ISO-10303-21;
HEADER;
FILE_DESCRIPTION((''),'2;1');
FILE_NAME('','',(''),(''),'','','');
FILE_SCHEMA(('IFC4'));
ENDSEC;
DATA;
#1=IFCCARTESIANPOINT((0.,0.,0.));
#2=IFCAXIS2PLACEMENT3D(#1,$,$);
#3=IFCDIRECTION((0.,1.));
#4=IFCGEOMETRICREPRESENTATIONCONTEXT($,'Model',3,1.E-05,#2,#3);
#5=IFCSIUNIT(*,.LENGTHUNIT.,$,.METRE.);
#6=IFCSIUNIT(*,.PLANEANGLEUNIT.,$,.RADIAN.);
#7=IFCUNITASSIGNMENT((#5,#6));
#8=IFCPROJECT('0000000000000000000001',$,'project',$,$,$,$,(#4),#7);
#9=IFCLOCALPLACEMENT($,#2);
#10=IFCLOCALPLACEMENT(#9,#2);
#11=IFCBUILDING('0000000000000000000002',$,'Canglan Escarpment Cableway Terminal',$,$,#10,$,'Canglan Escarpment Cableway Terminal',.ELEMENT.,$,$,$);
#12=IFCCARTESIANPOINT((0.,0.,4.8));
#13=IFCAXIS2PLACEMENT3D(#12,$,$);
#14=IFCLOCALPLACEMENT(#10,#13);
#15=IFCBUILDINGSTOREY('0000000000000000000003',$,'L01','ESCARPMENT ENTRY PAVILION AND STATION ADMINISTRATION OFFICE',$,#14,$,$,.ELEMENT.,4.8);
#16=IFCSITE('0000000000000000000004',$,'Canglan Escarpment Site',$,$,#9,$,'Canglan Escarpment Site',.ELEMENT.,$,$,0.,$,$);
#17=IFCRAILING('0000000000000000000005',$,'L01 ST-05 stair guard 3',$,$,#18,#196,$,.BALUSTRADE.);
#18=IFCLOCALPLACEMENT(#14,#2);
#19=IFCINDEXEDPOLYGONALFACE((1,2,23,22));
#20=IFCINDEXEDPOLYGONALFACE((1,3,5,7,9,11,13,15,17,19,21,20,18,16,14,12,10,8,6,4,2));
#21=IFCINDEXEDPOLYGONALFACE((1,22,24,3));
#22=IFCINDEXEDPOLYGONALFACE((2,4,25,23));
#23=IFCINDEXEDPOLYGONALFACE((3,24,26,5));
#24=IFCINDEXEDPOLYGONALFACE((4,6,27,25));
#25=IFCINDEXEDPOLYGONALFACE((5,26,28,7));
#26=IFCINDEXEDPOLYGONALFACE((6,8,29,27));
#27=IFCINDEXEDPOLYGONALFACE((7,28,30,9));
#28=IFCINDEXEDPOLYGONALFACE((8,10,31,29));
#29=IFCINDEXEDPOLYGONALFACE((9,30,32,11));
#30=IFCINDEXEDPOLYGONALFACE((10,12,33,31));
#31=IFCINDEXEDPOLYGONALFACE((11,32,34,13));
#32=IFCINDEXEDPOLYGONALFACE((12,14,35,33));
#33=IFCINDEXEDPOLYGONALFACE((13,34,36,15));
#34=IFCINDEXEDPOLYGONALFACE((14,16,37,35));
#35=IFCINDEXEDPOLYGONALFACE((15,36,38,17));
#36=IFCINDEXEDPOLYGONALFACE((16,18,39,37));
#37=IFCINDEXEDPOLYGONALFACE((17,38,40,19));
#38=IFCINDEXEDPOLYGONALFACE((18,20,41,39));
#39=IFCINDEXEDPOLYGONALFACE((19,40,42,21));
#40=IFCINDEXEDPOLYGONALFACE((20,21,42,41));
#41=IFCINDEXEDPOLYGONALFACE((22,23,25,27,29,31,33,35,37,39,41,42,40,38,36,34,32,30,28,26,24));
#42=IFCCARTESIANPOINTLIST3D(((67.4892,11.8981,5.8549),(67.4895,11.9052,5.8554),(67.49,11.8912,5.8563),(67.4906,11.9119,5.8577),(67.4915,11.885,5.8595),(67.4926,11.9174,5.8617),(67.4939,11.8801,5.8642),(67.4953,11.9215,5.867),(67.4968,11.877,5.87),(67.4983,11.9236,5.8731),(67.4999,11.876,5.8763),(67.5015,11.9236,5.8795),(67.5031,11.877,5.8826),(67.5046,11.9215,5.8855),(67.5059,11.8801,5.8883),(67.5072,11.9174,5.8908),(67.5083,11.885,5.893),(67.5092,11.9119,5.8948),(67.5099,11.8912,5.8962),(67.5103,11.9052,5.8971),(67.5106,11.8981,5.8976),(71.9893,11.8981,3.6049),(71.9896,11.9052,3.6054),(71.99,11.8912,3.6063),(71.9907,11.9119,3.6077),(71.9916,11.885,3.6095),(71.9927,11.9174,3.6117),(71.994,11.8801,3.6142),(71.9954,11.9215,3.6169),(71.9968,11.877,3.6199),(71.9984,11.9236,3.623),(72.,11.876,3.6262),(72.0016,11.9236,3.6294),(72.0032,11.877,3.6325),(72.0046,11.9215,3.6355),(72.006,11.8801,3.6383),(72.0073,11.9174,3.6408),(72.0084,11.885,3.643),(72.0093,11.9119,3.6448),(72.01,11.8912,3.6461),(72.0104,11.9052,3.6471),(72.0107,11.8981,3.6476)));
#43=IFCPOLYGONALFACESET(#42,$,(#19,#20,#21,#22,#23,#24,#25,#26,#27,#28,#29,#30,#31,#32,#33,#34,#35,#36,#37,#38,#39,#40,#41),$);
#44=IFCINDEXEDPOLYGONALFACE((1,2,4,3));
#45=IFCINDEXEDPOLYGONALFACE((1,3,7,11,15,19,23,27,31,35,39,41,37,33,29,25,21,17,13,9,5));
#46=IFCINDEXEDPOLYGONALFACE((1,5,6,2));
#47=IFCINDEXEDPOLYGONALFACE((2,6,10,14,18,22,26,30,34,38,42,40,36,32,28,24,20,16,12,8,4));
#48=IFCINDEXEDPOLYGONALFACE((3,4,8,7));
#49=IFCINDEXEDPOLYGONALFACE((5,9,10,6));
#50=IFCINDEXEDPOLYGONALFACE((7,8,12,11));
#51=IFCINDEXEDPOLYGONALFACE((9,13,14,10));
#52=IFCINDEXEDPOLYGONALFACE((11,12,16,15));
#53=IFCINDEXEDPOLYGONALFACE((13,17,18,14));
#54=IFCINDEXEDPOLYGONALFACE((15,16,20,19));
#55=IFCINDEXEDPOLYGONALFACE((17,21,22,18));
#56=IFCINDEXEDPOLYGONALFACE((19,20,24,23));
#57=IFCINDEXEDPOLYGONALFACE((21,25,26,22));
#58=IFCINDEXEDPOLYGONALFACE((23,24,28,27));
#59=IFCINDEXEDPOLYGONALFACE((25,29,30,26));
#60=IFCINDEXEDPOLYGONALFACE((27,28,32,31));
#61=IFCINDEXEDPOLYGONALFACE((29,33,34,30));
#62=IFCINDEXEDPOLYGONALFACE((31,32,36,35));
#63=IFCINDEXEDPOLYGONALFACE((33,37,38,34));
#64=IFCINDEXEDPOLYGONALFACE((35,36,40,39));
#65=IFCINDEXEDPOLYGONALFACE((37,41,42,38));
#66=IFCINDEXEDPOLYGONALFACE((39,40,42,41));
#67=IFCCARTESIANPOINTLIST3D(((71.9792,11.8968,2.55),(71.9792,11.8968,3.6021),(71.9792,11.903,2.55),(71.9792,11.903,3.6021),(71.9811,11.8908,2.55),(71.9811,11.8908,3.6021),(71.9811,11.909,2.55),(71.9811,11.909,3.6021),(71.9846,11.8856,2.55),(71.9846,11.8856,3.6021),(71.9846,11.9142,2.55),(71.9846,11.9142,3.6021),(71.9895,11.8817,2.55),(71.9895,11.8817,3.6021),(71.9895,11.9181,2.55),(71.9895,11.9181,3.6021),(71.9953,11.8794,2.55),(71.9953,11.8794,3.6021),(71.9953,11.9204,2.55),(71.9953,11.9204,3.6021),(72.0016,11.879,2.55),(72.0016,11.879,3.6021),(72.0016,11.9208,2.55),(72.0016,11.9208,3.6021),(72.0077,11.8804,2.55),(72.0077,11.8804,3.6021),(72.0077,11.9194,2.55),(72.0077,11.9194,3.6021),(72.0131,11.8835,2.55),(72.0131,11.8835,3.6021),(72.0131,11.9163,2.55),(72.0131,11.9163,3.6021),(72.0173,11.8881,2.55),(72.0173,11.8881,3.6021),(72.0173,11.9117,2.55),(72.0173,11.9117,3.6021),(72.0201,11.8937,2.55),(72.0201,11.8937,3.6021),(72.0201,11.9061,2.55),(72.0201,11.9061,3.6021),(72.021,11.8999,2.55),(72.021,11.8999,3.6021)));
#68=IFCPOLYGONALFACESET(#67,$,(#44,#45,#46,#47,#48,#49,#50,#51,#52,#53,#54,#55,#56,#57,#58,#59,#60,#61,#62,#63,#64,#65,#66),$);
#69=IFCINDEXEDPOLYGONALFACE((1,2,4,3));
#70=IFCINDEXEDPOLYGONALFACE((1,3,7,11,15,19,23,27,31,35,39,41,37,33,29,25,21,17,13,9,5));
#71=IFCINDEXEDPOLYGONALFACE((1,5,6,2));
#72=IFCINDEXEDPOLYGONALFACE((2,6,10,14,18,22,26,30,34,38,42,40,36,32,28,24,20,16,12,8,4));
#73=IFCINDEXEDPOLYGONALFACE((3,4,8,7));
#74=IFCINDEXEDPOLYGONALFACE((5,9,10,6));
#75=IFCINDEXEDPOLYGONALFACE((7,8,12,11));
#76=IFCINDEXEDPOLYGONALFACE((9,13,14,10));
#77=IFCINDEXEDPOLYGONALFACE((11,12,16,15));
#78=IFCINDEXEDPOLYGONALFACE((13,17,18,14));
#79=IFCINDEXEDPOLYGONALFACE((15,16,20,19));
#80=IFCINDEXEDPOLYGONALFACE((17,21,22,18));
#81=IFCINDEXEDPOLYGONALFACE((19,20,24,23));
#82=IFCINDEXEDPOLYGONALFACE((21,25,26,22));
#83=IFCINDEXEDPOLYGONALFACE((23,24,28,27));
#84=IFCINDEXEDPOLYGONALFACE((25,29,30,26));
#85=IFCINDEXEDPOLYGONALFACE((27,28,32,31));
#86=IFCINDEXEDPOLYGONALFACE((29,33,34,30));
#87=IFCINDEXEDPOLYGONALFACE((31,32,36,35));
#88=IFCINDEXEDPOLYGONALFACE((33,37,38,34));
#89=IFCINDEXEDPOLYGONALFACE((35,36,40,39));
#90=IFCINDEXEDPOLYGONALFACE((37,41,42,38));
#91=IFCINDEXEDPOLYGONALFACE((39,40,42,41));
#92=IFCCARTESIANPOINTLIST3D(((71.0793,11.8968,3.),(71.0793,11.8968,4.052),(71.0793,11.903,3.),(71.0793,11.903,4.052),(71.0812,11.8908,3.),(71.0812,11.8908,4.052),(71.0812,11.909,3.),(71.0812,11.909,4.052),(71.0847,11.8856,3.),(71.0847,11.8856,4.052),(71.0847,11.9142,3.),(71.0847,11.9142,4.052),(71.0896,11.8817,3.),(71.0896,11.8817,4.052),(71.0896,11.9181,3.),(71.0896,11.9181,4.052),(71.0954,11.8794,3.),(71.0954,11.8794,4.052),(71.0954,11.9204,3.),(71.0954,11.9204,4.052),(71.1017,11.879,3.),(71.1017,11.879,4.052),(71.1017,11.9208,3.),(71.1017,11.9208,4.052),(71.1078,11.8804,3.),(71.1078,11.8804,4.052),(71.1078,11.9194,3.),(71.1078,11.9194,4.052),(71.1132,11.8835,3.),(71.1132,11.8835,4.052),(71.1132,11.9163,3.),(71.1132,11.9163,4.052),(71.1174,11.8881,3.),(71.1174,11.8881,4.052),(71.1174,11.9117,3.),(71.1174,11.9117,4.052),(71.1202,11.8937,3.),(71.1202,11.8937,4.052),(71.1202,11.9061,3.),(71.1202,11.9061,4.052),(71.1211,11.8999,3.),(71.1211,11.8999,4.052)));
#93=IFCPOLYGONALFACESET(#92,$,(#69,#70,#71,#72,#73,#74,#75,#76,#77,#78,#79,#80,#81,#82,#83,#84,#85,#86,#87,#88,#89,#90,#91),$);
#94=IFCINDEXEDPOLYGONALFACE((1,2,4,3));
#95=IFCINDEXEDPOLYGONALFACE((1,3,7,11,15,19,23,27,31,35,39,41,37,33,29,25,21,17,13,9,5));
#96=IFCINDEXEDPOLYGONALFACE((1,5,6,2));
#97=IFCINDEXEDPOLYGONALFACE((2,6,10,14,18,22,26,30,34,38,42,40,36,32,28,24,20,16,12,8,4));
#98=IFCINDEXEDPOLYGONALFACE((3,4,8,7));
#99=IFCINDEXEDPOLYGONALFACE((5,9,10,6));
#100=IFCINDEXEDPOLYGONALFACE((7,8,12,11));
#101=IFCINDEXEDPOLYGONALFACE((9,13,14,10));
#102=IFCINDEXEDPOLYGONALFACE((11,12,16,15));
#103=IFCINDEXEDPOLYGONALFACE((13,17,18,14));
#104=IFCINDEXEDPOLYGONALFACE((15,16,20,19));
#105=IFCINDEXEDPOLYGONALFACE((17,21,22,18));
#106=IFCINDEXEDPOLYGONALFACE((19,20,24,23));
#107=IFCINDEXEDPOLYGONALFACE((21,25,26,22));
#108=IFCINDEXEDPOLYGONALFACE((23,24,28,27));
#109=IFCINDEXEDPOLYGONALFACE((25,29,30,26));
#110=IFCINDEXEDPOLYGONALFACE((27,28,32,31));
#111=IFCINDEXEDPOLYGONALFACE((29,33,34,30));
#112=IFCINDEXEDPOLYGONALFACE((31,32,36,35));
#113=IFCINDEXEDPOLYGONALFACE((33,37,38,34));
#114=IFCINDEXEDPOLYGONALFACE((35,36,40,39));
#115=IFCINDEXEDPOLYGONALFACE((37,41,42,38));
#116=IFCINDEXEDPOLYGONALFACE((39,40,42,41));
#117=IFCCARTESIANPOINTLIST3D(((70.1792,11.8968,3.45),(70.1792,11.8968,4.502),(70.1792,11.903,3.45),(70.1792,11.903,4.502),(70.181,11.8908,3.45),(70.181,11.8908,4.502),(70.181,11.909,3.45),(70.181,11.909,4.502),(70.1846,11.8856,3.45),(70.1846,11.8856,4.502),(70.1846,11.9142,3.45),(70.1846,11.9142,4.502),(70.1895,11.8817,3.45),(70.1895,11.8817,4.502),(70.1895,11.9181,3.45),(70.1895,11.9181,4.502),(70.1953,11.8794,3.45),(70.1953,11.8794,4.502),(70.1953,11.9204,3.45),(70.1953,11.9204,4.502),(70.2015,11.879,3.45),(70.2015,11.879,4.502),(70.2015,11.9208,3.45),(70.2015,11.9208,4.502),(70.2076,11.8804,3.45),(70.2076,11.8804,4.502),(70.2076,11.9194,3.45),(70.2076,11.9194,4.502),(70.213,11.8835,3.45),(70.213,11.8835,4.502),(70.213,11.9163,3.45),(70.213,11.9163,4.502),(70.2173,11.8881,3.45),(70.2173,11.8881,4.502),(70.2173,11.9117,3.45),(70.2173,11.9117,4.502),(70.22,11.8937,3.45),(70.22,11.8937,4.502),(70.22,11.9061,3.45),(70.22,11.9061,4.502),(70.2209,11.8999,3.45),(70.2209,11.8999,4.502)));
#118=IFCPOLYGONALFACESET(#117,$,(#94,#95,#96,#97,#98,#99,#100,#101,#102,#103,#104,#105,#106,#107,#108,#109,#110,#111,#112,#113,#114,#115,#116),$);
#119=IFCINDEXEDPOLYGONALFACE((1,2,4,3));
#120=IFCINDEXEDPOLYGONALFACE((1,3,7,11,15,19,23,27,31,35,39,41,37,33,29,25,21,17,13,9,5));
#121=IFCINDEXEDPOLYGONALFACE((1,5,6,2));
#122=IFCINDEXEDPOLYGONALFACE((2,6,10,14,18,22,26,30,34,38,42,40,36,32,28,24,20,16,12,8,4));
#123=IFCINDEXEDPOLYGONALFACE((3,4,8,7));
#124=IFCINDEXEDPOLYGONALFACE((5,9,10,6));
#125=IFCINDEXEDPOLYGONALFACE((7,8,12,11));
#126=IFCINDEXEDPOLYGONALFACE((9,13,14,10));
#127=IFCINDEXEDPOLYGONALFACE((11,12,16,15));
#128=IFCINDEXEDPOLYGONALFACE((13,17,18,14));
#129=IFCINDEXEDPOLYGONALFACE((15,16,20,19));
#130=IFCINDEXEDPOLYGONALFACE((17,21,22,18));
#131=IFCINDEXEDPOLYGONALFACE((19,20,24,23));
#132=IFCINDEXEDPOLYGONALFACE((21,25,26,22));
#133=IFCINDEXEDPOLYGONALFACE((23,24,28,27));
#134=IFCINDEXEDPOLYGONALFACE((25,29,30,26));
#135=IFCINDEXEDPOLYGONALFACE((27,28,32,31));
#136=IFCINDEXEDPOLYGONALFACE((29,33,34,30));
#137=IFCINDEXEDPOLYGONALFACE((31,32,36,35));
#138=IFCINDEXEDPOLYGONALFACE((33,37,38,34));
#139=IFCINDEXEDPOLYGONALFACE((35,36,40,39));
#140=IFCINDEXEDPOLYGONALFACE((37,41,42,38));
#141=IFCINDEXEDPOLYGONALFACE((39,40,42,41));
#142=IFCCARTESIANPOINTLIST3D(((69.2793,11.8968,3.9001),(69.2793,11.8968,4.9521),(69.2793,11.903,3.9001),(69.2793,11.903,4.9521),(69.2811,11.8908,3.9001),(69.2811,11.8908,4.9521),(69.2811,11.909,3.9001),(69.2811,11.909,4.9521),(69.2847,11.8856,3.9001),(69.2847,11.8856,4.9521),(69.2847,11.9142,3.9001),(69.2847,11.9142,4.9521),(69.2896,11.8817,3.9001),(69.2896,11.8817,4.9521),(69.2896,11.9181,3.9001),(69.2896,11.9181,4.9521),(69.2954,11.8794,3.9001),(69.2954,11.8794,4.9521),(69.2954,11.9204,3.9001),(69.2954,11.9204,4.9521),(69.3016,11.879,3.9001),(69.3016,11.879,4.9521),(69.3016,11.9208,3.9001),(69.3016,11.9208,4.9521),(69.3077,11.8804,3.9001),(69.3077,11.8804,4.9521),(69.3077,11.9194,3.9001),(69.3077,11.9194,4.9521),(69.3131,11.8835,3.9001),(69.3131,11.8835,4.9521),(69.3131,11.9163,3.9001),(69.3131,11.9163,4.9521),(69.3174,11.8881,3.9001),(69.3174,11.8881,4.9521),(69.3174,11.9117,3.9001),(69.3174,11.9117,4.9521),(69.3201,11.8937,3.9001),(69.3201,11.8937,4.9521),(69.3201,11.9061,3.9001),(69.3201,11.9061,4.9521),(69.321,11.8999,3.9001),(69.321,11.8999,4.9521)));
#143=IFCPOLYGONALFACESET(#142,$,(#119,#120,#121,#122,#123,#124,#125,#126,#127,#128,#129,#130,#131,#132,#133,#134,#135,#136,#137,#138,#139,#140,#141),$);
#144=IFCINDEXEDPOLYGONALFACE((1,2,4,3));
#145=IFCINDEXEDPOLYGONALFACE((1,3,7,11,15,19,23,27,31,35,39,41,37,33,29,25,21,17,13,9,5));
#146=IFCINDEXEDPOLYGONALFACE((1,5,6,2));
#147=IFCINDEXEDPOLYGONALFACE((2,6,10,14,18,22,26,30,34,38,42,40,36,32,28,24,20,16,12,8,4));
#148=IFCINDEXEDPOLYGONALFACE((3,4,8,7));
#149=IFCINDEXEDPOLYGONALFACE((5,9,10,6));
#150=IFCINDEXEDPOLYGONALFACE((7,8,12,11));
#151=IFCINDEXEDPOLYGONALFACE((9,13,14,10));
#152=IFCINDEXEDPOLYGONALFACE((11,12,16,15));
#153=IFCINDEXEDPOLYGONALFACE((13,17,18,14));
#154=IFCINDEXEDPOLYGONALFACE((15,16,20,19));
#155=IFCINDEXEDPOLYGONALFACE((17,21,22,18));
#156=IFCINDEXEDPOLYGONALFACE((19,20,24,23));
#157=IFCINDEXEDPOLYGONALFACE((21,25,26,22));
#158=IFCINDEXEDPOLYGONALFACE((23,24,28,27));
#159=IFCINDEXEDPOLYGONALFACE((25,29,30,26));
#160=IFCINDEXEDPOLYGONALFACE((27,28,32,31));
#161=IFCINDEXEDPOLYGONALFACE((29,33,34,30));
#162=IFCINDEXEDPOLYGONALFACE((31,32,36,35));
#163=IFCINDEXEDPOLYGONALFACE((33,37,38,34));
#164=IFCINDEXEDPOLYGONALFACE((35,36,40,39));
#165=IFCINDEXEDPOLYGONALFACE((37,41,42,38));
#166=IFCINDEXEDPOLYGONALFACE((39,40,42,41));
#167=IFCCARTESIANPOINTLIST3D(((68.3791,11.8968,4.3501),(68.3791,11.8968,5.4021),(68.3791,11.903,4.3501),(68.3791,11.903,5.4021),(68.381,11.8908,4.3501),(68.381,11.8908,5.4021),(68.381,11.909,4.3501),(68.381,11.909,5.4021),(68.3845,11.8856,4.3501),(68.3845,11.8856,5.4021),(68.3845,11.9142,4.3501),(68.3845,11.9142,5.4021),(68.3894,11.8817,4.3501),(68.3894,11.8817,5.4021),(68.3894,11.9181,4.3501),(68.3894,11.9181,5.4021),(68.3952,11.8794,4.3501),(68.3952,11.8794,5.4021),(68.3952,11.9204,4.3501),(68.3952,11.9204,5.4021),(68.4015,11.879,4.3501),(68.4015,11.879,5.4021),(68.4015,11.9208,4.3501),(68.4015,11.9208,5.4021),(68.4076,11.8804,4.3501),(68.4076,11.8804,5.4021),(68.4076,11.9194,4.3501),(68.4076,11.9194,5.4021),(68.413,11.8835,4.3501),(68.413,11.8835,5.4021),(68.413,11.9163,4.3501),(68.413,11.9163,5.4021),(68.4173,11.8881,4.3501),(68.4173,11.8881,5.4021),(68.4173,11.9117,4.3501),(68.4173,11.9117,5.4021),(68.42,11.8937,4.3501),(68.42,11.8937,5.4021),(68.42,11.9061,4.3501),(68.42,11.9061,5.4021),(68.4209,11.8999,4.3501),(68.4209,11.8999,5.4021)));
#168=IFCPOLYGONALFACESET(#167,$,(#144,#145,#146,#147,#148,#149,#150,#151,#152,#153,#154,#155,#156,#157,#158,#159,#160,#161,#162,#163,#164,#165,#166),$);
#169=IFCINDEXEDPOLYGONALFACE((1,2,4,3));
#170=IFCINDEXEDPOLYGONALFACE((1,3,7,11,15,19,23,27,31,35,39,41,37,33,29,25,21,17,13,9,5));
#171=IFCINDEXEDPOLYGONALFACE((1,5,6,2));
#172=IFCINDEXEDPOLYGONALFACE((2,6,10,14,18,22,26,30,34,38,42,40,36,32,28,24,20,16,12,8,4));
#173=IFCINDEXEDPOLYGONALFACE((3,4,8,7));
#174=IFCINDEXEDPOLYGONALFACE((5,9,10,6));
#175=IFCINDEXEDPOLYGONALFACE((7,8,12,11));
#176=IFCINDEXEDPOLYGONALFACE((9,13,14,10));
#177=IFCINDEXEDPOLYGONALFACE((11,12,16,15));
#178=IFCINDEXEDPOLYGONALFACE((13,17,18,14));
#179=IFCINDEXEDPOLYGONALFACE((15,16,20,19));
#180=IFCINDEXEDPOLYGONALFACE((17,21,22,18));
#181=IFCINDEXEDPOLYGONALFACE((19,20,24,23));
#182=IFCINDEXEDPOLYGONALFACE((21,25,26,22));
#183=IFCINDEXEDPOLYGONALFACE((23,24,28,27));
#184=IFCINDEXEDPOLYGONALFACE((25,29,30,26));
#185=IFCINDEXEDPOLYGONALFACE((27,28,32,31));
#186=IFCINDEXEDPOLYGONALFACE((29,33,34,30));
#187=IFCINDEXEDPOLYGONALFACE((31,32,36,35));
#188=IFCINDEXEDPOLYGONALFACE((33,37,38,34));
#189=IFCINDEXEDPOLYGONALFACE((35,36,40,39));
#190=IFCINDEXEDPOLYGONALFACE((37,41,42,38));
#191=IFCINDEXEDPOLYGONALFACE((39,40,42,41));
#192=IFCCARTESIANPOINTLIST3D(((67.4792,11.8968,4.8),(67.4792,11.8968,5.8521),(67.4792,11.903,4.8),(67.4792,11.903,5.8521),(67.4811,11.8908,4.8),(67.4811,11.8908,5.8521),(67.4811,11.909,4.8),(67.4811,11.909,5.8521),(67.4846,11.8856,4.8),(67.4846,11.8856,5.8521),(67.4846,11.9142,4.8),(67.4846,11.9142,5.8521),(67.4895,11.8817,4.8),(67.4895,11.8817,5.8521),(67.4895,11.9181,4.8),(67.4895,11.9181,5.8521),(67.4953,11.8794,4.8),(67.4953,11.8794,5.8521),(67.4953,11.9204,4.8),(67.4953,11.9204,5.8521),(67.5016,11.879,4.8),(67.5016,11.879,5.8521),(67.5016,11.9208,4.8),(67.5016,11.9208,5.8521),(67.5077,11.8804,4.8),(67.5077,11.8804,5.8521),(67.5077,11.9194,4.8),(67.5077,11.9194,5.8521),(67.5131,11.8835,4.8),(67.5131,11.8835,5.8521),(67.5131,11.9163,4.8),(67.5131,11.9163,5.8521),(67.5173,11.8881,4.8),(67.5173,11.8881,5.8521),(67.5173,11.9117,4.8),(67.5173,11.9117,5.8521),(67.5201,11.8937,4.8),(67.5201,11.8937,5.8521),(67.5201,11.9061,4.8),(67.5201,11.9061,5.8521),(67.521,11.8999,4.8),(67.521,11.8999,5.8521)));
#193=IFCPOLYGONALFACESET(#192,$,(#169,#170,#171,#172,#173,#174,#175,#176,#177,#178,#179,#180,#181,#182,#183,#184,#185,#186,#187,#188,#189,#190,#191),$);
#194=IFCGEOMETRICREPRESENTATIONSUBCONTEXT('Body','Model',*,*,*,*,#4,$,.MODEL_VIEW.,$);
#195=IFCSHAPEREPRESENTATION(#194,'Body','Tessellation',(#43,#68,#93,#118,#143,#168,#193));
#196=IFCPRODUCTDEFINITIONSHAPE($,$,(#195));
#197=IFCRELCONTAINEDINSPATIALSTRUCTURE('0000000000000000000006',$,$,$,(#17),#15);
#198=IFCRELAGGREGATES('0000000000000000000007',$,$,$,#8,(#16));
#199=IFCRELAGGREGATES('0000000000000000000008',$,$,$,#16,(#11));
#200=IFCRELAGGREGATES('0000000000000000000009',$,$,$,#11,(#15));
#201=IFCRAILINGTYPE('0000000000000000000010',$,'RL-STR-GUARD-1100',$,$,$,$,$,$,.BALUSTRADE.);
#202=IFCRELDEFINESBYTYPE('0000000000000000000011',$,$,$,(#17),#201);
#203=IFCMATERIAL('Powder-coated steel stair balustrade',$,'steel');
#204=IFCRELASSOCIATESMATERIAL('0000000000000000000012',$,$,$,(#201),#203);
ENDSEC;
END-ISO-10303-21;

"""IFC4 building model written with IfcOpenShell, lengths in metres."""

from ifc_helpers import new_model, si_unit, direction, frame, origin, origin_2d, place, context, subcontext, project, spatial, circle, extrude, material, type_object, element, save


model = new_model("IFC4")

# Units and contexts
model_context = context("Model", 3, precision=1e-05, world=origin(), true_north=direction((0.0, 1.0)))
body_context = subcontext(model_context, "Body", "Model", "MODEL_VIEW")
ifc_project = project(units=[si_unit("LENGTHUNIT", "METRE"), si_unit("PLANEANGLEUNIT", "RADIAN")], contexts=[model_context])

# Site, building, storey
site_placement = place(None, origin())
site = spatial("IfcSite", under=ifc_project, at=site_placement, Name="Canglan Escarpment Site", LongName="Canglan Escarpment Site", CompositionType="ELEMENT", RefElevation=0.0)
building_placement = place(site_placement, origin())
building = spatial("IfcBuilding", under=site, at=building_placement, Name="Canglan Escarpment Cableway Terminal", LongName="Canglan Escarpment Cableway Terminal", CompositionType="ELEMENT")
storey_placement = place(building_placement, frame((0.0, 0.0, 4.8)))
storey = spatial("IfcBuildingStorey", under=building, at=storey_placement, Name="L01", Description="ESCARPMENT ENTRY PAVILION AND STATION ADMINISTRATION OFFICE", CompositionType="ELEMENT", Elevation=4.8)

# Railing
ifc_material_1 = material(Name="Powder-coated steel stair balustrade", Category="steel")
railing_type_1 = type_object("IfcRailingType", Name="RL-STR-GUARD-1100", PredefinedType="BALUSTRADE", material=ifc_material_1)
railing_1_placement = place(storey_placement, frame((72.0, 11.8999, 2.55)))
element("IfcRailing", 1, at=railing_1_placement, inside=storey, type_object=railing_type_1, Name="L01 ST-05 stair guard 3", PredefinedType="BALUSTRADE", context=body_context, shape_type="SweptSolid", body=[
    extrude(circle(Radius=0.0239, at=origin_2d()), frame((0.0, 0.0, 1.0762), z_axis=(-0.894427, 0.0, 0.447214), x_axis=(0.0, -1.0, 0.0)), (0.0, 0.0, 1.0), 5.0312),
    extrude(circle(Radius=0.021, at=origin_2d()), origin(), (0.0, 0.0, 1.0), 1.052),
    extrude(circle(Radius=0.021, at=origin_2d()), frame((-0.8999, 0.0, 0.45)), (0.0, 0.0, 1.0), 1.052),
    extrude(circle(Radius=0.021, at=origin_2d()), frame((-1.8, 0.0, 0.8999)), (0.0, 0.0, 1.0), 1.052),
    extrude(circle(Radius=0.021, at=origin_2d()), frame((-2.7, 0.0, 1.3501)), (0.0, 0.0, 1.0), 1.052),
    extrude(circle(Radius=0.021, at=origin_2d()), frame((-3.6001, 0.0, 1.8)), (0.0, 0.0, 1.0), 1.052),
    extrude(circle(Radius=0.021, at=origin_2d()), frame((-4.5, 0.0, 2.25)), (0.0, 0.0, 1.0), 1.052),
])

save(model, "model.ifc")
